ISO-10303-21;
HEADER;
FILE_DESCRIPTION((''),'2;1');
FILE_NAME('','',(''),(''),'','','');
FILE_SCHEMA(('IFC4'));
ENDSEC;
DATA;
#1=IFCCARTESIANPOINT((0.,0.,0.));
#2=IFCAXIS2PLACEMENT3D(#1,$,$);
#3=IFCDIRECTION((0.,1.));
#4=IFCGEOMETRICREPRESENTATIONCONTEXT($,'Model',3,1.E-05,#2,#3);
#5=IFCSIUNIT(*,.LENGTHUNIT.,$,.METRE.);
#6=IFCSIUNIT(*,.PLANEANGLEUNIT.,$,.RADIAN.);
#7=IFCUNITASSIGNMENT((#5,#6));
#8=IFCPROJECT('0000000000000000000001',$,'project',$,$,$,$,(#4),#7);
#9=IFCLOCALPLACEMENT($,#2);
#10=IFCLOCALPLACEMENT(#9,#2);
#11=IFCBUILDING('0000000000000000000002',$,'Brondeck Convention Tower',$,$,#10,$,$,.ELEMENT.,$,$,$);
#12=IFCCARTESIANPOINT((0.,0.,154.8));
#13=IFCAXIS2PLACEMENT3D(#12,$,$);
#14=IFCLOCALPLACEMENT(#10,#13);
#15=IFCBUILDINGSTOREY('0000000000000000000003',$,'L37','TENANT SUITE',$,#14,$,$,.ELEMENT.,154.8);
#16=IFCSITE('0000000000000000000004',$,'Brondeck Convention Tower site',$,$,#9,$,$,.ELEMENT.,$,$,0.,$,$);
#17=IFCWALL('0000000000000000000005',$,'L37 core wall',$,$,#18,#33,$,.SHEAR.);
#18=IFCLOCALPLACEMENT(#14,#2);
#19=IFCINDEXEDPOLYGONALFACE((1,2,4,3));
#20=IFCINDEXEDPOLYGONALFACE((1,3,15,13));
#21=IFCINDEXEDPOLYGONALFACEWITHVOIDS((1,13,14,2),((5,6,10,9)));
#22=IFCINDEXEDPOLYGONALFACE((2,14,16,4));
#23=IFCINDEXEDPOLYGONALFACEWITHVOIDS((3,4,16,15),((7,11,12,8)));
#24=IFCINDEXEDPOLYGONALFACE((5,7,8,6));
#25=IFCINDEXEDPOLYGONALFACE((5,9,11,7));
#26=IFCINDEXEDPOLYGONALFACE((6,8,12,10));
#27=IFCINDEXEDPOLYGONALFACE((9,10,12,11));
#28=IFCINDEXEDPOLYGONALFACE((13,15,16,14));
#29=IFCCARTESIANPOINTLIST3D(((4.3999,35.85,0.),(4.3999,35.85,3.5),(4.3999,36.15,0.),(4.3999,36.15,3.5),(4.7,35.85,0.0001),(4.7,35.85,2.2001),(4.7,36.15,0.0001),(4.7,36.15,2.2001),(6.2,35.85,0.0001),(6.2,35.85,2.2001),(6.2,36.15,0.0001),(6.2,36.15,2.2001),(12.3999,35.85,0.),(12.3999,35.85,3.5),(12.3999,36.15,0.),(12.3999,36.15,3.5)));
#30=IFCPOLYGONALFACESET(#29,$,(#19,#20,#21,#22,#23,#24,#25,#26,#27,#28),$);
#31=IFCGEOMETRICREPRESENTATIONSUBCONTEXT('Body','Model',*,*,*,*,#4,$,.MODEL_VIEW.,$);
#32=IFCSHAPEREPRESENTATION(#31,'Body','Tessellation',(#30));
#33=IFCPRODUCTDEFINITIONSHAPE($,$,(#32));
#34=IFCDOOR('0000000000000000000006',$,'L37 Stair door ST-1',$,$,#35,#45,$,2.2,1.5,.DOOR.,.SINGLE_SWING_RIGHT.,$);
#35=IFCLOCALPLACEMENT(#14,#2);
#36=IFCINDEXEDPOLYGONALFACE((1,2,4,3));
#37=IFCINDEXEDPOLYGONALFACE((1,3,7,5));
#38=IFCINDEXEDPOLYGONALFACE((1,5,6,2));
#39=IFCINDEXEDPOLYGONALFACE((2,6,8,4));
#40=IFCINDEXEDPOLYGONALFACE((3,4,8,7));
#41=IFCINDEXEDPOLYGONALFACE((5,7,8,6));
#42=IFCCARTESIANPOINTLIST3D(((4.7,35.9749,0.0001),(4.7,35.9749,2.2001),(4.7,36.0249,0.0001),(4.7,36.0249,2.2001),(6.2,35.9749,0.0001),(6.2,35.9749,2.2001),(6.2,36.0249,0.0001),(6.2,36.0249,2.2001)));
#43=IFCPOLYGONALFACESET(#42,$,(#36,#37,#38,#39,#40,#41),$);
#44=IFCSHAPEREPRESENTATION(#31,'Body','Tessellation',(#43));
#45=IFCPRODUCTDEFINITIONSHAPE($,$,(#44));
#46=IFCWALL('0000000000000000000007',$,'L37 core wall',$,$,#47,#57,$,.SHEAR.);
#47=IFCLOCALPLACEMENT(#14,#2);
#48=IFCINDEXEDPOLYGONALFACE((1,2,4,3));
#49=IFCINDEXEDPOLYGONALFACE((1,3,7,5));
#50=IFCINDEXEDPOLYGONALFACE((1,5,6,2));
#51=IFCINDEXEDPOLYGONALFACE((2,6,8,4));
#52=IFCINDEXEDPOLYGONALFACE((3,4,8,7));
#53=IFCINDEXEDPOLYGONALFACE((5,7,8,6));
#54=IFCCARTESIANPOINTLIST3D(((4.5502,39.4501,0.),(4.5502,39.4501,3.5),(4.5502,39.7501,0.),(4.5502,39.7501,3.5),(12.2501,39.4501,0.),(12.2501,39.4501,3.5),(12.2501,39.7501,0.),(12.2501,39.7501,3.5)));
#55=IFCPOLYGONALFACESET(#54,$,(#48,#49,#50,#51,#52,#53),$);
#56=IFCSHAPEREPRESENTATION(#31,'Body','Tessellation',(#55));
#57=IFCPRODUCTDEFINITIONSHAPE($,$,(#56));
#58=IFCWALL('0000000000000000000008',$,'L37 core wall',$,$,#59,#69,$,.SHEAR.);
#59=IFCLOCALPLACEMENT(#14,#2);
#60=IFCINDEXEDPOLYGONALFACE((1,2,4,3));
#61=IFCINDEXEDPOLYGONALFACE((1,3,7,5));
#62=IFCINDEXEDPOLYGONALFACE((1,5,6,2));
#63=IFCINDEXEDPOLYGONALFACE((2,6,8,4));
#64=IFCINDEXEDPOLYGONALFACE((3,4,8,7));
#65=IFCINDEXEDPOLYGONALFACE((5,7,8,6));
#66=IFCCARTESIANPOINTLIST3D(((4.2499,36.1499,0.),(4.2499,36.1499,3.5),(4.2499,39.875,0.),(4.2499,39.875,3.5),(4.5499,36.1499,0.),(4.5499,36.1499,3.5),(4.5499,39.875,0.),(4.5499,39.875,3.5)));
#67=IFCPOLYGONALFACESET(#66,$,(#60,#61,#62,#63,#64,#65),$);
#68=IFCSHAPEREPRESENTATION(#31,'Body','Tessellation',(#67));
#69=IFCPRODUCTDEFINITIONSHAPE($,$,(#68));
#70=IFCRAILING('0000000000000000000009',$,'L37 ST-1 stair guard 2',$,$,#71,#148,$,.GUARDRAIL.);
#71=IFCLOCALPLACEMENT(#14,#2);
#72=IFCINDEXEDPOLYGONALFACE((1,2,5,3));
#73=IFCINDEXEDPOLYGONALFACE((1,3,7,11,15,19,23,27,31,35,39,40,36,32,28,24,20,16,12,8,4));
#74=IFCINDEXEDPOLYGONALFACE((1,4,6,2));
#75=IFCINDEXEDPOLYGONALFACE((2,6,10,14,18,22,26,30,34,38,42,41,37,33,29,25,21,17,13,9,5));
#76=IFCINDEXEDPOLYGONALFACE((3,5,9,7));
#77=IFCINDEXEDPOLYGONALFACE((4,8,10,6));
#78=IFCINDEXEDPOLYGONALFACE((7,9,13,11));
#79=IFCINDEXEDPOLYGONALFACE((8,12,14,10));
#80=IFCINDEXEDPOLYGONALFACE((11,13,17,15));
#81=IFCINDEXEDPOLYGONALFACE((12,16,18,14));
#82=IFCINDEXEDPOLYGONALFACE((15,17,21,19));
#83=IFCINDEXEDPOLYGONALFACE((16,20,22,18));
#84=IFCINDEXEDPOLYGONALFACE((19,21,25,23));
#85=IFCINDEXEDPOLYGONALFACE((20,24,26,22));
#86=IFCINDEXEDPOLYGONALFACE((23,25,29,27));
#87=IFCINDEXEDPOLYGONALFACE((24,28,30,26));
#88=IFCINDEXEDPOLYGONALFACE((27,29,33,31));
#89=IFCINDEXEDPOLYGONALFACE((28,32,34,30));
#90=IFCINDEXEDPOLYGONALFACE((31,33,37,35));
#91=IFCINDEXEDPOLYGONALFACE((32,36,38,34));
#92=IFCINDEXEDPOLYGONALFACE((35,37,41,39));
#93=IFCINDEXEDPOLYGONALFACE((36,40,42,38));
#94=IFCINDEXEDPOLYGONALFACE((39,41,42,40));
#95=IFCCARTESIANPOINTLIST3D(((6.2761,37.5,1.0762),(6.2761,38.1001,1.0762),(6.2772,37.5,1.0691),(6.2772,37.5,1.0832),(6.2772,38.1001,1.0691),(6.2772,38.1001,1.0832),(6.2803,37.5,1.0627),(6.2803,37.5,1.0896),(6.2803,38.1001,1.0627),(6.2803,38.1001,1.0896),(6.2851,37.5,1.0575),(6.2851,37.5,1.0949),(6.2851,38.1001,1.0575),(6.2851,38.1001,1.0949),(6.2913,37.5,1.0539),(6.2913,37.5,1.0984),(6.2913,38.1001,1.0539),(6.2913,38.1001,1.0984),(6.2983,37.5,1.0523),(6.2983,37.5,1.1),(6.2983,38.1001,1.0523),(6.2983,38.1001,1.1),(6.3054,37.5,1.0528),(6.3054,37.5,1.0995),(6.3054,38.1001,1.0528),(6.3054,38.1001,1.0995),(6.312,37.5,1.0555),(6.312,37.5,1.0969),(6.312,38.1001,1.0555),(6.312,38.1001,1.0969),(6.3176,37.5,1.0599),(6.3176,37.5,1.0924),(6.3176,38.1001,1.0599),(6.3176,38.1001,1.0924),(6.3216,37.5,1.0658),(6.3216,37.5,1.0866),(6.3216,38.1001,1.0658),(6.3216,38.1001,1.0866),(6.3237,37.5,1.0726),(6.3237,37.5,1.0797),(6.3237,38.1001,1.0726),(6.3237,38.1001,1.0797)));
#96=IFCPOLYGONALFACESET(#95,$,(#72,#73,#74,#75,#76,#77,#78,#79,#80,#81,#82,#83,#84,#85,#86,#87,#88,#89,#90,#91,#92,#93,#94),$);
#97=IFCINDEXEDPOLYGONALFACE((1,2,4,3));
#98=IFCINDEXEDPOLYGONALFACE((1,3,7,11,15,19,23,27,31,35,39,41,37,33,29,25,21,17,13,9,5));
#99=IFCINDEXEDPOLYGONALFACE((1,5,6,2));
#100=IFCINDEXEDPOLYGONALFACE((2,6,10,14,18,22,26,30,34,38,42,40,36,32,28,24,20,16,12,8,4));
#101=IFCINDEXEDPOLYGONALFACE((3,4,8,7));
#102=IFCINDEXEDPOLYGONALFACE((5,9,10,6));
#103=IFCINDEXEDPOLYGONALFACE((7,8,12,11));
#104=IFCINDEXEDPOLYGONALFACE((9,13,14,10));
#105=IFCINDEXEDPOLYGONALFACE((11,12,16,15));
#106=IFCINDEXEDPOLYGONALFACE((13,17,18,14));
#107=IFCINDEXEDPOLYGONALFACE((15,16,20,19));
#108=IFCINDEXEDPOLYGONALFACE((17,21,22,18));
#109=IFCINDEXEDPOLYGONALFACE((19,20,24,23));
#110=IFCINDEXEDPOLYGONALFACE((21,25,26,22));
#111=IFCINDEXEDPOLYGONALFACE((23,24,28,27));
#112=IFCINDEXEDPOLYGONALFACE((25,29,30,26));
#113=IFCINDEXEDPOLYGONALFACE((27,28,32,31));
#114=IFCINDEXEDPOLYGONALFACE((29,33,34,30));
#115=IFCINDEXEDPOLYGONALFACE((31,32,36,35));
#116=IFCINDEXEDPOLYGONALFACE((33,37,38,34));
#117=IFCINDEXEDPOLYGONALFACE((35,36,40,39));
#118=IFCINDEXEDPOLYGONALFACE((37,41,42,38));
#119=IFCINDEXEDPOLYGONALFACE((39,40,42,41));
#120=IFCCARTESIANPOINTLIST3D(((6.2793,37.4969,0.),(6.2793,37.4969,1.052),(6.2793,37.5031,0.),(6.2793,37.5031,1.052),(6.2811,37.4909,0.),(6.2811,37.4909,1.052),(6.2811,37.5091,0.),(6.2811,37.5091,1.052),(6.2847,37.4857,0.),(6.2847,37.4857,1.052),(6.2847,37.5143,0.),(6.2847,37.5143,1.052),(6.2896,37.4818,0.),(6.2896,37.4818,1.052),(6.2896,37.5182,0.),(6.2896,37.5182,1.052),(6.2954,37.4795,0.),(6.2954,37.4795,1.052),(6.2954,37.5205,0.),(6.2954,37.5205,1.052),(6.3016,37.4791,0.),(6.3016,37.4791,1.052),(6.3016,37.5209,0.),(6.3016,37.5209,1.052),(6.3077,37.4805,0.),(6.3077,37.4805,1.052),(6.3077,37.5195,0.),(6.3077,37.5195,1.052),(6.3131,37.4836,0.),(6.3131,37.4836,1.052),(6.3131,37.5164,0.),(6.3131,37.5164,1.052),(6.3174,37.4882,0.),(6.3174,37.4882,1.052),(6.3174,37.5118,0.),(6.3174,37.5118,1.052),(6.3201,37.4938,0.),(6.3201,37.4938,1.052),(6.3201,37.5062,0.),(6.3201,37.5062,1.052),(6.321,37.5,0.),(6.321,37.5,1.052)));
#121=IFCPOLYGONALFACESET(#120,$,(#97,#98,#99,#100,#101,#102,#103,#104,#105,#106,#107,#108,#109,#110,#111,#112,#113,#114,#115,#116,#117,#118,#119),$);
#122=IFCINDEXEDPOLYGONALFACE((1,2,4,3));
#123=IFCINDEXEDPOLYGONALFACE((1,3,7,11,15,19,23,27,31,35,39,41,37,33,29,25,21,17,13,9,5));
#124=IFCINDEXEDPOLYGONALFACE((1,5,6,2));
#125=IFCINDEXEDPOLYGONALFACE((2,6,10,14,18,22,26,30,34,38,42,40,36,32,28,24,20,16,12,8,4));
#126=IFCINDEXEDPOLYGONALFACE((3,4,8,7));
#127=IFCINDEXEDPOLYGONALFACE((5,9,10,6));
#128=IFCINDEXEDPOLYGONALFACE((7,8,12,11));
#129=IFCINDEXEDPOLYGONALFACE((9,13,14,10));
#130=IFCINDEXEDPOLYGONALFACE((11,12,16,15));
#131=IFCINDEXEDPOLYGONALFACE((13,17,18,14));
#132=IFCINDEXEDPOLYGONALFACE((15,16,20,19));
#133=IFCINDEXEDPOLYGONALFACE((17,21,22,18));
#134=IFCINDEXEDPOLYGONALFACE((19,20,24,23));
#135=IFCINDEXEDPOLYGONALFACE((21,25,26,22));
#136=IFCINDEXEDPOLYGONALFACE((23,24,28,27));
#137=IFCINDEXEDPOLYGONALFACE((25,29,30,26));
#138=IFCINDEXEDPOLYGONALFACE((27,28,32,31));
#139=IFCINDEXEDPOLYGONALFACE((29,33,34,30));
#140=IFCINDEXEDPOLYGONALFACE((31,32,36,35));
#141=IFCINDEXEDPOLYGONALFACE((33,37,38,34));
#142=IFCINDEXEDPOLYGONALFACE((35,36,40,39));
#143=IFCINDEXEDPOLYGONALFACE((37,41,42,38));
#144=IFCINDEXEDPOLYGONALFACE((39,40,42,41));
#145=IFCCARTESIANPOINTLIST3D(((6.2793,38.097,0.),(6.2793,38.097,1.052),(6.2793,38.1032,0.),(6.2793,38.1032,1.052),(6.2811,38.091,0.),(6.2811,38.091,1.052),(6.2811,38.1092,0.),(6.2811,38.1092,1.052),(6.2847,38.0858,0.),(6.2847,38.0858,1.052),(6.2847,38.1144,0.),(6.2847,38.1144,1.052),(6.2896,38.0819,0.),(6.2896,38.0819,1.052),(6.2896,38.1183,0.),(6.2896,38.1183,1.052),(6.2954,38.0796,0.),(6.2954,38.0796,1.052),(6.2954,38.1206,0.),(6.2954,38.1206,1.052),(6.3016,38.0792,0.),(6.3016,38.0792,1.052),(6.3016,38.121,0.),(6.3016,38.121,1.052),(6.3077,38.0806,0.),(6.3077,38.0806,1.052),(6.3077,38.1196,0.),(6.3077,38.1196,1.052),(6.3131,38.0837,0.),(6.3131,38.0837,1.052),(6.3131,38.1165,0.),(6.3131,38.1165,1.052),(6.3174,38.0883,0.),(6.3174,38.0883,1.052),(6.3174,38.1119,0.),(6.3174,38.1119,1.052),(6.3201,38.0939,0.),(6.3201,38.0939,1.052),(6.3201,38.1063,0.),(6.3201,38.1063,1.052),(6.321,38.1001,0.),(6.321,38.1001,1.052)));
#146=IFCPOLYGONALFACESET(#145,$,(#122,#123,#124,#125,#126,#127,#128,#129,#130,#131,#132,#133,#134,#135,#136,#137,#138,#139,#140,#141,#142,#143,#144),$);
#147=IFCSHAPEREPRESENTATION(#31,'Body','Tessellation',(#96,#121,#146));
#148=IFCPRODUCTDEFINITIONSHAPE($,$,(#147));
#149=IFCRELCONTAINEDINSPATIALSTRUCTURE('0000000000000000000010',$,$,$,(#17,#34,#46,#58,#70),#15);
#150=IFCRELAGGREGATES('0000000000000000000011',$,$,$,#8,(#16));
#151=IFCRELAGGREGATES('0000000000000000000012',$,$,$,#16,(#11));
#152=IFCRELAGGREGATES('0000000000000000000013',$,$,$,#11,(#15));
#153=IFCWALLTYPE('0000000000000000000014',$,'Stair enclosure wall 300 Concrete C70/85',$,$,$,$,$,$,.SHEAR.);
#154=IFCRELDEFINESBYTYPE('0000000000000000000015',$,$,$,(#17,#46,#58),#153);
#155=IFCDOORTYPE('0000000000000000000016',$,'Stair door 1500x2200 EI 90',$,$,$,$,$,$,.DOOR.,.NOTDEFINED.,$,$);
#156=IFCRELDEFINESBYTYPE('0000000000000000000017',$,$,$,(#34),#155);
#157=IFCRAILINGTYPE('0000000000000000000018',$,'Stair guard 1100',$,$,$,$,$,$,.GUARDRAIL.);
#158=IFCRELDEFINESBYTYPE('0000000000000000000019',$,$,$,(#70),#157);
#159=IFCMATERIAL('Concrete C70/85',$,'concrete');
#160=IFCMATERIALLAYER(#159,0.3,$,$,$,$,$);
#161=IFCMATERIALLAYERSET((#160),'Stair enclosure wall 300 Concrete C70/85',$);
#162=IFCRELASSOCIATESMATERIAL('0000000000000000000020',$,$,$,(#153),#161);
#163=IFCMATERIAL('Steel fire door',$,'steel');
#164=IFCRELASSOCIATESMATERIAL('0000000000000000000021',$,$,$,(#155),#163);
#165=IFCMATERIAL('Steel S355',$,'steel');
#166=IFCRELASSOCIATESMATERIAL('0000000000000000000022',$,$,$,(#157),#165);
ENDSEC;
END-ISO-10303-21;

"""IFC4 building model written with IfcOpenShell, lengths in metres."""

from ifc_helpers import new_model, si_unit, direction, frame, frame_2d, origin, origin_2d, place, context, subcontext, project, spatial, rectangle, circle, extrude, material, layer, layer_set, type_object, element, fill, save


model = new_model("IFC4")

# Units and contexts
model_context = context("Model", 3, precision=1e-05, world=origin(), true_north=direction((0.0, 1.0)))
body_context = subcontext(model_context, "Body", "Model", "MODEL_VIEW")
ifc_project = project(units=[si_unit("LENGTHUNIT", "METRE"), si_unit("PLANEANGLEUNIT", "RADIAN")], contexts=[model_context])

# Site, building, storey
site_placement = place(None, origin())
site = spatial("IfcSite", under=ifc_project, at=site_placement, Name="Brondeck Convention Tower site", CompositionType="ELEMENT", RefElevation=0.0)
building_placement = place(site_placement, origin())
building = spatial("IfcBuilding", under=site, at=building_placement, Name="Brondeck Convention Tower", CompositionType="ELEMENT")
storey_placement = place(building_placement, frame((0.0, 0.0, 154.8)))
storey = spatial("IfcBuildingStorey", under=building, at=storey_placement, Name="L37", Description="TENANT SUITE", CompositionType="ELEMENT", Elevation=154.8)

# Shared definitions
ifc_material_1 = material(Name="Concrete C70/85", Category="concrete")

# Wall, opening, door
ifc_material_2 = material(Name="Steel fire door", Category="steel")
ifc_layer_1 = layer(ifc_material_1, 0.3)
ifc_layer_set_1 = layer_set([ifc_layer_1], Name="Stair enclosure wall 300 Concrete C70/85")
wall_type_1 = type_object("IfcWallType", Name="Stair enclosure wall 300 Concrete C70/85", PredefinedType="SHEAR", material=ifc_layer_set_1)
wall_1_placement = place(storey_placement, frame((4.3999, 36.0, 0.0), z_axis=(0.0, 0.0, 1.0), x_axis=(1.0, 0.0, 0.0)))
wall_1 = element("IfcWall", 1, at=wall_1_placement, inside=storey, type_object=wall_type_1, Name="L37 core wall", PredefinedType="SHEAR", context=body_context, shape_type="SweptSolid", body=[
    extrude(rectangle(XDim=8.0, YDim=0.3, at=frame_2d((4.0, 0.0))), origin(), (0.0, 0.0, 1.0), 3.5),
])
opening_1_placement = place(wall_1_placement, frame((0.3, 0.0, 0.0)))
opening_1 = element("IfcOpeningElement", 2, at=opening_1_placement, cuts=wall_1, PredefinedType="OPENING", context=body_context, shape_type="SweptSolid", body=[
    extrude(rectangle(XDim=1.5, YDim=2.2, at=frame_2d((0.75, 1.1001))), frame((0.0, 0.1599, 0.0), z_axis=(0.0, -1.0, 0.0), x_axis=(1.0, 0.0, 0.0)), (0.0, 0.0, 1.0), 0.3201),
])
door_type_1 = type_object("IfcDoorType", Name="Stair door 1500x2200 EI 90", OperationType="NOTDEFINED", PredefinedType="DOOR", material=ifc_material_2)
door_1_placement = place(opening_1_placement, origin())
door_1 = element("IfcDoor", 3, at=door_1_placement, inside=storey, type_object=door_type_1, Name="L37 Stair door ST-1", OperationType="SINGLE_SWING_RIGHT", OverallHeight=2.2, OverallWidth=1.5, PredefinedType="DOOR", context=body_context, shape_type="SweptSolid", body=[
    extrude(rectangle(XDim=1.5, YDim=2.2, at=frame_2d((0.75, 1.1001))), frame((0.0, 0.0249, 0.0), z_axis=(0.0, -1.0, 0.0), x_axis=(1.0, 0.0, 0.0)), (0.0, 0.0, 1.0), 0.05),
])
fill(opening_1, door_1)

# Walls
wall_2_placement = place(storey_placement, frame((4.55, 39.6001, 0.0), z_axis=(0.0, 0.0, 1.0), x_axis=(1.0, 0.0, 0.0)))
element("IfcWall", 4, at=wall_2_placement, inside=storey, type_object=wall_type_1, Name="L37 core wall", PredefinedType="SHEAR", context=body_context, shape_type="SweptSolid", body=[
    extrude(rectangle(XDim=7.7, YDim=0.3, at=frame_2d((3.8501, 0.0))), origin(), (0.0, 0.0, 1.0), 3.5),
])
wall_3_placement = place(storey_placement, frame((4.3999, 36.1499, 0.0), z_axis=(0.0, 0.0, 1.0), x_axis=(0.0, 1.0, 0.0)))
element("IfcWall", 5, at=wall_3_placement, inside=storey, type_object=wall_type_1, Name="L37 core wall", PredefinedType="SHEAR", context=body_context, shape_type="SweptSolid", body=[
    extrude(rectangle(XDim=3.7251, YDim=0.3, at=frame_2d((1.8625, 0.0))), origin(), (0.0, 0.0, 1.0), 3.5),
])

# Railing
ifc_material_3 = material(Name="Steel S355", Category="steel")
railing_type = type_object("IfcRailingType", Name="Stair guard 1100", PredefinedType="GUARDRAIL", material=ifc_material_3)
railing_placement = place(storey_placement, frame((6.3, 37.5, 0.0)))
element("IfcRailing", 6, at=railing_placement, inside=storey, type_object=railing_type, Name="L37 ST-1 stair guard 2", PredefinedType="GUARDRAIL", context=body_context, shape_type="SweptSolid", body=[
    extrude(circle(Radius=0.0239, at=origin_2d()), frame((0.0, 0.0, 1.0762), z_axis=(0.0, 1.0, 0.0), x_axis=(-1.0, 0.0, 0.0)), (0.0, 0.0, 1.0), 0.6001),
    extrude(circle(Radius=0.021, at=origin_2d()), origin(), (0.0, 0.0, 1.0), 1.052),
    extrude(circle(Radius=0.021, at=origin_2d()), frame((0.0, 0.6001, 0.0)), (0.0, 0.0, 1.0), 1.052),
])

save(model, "model.ifc")
